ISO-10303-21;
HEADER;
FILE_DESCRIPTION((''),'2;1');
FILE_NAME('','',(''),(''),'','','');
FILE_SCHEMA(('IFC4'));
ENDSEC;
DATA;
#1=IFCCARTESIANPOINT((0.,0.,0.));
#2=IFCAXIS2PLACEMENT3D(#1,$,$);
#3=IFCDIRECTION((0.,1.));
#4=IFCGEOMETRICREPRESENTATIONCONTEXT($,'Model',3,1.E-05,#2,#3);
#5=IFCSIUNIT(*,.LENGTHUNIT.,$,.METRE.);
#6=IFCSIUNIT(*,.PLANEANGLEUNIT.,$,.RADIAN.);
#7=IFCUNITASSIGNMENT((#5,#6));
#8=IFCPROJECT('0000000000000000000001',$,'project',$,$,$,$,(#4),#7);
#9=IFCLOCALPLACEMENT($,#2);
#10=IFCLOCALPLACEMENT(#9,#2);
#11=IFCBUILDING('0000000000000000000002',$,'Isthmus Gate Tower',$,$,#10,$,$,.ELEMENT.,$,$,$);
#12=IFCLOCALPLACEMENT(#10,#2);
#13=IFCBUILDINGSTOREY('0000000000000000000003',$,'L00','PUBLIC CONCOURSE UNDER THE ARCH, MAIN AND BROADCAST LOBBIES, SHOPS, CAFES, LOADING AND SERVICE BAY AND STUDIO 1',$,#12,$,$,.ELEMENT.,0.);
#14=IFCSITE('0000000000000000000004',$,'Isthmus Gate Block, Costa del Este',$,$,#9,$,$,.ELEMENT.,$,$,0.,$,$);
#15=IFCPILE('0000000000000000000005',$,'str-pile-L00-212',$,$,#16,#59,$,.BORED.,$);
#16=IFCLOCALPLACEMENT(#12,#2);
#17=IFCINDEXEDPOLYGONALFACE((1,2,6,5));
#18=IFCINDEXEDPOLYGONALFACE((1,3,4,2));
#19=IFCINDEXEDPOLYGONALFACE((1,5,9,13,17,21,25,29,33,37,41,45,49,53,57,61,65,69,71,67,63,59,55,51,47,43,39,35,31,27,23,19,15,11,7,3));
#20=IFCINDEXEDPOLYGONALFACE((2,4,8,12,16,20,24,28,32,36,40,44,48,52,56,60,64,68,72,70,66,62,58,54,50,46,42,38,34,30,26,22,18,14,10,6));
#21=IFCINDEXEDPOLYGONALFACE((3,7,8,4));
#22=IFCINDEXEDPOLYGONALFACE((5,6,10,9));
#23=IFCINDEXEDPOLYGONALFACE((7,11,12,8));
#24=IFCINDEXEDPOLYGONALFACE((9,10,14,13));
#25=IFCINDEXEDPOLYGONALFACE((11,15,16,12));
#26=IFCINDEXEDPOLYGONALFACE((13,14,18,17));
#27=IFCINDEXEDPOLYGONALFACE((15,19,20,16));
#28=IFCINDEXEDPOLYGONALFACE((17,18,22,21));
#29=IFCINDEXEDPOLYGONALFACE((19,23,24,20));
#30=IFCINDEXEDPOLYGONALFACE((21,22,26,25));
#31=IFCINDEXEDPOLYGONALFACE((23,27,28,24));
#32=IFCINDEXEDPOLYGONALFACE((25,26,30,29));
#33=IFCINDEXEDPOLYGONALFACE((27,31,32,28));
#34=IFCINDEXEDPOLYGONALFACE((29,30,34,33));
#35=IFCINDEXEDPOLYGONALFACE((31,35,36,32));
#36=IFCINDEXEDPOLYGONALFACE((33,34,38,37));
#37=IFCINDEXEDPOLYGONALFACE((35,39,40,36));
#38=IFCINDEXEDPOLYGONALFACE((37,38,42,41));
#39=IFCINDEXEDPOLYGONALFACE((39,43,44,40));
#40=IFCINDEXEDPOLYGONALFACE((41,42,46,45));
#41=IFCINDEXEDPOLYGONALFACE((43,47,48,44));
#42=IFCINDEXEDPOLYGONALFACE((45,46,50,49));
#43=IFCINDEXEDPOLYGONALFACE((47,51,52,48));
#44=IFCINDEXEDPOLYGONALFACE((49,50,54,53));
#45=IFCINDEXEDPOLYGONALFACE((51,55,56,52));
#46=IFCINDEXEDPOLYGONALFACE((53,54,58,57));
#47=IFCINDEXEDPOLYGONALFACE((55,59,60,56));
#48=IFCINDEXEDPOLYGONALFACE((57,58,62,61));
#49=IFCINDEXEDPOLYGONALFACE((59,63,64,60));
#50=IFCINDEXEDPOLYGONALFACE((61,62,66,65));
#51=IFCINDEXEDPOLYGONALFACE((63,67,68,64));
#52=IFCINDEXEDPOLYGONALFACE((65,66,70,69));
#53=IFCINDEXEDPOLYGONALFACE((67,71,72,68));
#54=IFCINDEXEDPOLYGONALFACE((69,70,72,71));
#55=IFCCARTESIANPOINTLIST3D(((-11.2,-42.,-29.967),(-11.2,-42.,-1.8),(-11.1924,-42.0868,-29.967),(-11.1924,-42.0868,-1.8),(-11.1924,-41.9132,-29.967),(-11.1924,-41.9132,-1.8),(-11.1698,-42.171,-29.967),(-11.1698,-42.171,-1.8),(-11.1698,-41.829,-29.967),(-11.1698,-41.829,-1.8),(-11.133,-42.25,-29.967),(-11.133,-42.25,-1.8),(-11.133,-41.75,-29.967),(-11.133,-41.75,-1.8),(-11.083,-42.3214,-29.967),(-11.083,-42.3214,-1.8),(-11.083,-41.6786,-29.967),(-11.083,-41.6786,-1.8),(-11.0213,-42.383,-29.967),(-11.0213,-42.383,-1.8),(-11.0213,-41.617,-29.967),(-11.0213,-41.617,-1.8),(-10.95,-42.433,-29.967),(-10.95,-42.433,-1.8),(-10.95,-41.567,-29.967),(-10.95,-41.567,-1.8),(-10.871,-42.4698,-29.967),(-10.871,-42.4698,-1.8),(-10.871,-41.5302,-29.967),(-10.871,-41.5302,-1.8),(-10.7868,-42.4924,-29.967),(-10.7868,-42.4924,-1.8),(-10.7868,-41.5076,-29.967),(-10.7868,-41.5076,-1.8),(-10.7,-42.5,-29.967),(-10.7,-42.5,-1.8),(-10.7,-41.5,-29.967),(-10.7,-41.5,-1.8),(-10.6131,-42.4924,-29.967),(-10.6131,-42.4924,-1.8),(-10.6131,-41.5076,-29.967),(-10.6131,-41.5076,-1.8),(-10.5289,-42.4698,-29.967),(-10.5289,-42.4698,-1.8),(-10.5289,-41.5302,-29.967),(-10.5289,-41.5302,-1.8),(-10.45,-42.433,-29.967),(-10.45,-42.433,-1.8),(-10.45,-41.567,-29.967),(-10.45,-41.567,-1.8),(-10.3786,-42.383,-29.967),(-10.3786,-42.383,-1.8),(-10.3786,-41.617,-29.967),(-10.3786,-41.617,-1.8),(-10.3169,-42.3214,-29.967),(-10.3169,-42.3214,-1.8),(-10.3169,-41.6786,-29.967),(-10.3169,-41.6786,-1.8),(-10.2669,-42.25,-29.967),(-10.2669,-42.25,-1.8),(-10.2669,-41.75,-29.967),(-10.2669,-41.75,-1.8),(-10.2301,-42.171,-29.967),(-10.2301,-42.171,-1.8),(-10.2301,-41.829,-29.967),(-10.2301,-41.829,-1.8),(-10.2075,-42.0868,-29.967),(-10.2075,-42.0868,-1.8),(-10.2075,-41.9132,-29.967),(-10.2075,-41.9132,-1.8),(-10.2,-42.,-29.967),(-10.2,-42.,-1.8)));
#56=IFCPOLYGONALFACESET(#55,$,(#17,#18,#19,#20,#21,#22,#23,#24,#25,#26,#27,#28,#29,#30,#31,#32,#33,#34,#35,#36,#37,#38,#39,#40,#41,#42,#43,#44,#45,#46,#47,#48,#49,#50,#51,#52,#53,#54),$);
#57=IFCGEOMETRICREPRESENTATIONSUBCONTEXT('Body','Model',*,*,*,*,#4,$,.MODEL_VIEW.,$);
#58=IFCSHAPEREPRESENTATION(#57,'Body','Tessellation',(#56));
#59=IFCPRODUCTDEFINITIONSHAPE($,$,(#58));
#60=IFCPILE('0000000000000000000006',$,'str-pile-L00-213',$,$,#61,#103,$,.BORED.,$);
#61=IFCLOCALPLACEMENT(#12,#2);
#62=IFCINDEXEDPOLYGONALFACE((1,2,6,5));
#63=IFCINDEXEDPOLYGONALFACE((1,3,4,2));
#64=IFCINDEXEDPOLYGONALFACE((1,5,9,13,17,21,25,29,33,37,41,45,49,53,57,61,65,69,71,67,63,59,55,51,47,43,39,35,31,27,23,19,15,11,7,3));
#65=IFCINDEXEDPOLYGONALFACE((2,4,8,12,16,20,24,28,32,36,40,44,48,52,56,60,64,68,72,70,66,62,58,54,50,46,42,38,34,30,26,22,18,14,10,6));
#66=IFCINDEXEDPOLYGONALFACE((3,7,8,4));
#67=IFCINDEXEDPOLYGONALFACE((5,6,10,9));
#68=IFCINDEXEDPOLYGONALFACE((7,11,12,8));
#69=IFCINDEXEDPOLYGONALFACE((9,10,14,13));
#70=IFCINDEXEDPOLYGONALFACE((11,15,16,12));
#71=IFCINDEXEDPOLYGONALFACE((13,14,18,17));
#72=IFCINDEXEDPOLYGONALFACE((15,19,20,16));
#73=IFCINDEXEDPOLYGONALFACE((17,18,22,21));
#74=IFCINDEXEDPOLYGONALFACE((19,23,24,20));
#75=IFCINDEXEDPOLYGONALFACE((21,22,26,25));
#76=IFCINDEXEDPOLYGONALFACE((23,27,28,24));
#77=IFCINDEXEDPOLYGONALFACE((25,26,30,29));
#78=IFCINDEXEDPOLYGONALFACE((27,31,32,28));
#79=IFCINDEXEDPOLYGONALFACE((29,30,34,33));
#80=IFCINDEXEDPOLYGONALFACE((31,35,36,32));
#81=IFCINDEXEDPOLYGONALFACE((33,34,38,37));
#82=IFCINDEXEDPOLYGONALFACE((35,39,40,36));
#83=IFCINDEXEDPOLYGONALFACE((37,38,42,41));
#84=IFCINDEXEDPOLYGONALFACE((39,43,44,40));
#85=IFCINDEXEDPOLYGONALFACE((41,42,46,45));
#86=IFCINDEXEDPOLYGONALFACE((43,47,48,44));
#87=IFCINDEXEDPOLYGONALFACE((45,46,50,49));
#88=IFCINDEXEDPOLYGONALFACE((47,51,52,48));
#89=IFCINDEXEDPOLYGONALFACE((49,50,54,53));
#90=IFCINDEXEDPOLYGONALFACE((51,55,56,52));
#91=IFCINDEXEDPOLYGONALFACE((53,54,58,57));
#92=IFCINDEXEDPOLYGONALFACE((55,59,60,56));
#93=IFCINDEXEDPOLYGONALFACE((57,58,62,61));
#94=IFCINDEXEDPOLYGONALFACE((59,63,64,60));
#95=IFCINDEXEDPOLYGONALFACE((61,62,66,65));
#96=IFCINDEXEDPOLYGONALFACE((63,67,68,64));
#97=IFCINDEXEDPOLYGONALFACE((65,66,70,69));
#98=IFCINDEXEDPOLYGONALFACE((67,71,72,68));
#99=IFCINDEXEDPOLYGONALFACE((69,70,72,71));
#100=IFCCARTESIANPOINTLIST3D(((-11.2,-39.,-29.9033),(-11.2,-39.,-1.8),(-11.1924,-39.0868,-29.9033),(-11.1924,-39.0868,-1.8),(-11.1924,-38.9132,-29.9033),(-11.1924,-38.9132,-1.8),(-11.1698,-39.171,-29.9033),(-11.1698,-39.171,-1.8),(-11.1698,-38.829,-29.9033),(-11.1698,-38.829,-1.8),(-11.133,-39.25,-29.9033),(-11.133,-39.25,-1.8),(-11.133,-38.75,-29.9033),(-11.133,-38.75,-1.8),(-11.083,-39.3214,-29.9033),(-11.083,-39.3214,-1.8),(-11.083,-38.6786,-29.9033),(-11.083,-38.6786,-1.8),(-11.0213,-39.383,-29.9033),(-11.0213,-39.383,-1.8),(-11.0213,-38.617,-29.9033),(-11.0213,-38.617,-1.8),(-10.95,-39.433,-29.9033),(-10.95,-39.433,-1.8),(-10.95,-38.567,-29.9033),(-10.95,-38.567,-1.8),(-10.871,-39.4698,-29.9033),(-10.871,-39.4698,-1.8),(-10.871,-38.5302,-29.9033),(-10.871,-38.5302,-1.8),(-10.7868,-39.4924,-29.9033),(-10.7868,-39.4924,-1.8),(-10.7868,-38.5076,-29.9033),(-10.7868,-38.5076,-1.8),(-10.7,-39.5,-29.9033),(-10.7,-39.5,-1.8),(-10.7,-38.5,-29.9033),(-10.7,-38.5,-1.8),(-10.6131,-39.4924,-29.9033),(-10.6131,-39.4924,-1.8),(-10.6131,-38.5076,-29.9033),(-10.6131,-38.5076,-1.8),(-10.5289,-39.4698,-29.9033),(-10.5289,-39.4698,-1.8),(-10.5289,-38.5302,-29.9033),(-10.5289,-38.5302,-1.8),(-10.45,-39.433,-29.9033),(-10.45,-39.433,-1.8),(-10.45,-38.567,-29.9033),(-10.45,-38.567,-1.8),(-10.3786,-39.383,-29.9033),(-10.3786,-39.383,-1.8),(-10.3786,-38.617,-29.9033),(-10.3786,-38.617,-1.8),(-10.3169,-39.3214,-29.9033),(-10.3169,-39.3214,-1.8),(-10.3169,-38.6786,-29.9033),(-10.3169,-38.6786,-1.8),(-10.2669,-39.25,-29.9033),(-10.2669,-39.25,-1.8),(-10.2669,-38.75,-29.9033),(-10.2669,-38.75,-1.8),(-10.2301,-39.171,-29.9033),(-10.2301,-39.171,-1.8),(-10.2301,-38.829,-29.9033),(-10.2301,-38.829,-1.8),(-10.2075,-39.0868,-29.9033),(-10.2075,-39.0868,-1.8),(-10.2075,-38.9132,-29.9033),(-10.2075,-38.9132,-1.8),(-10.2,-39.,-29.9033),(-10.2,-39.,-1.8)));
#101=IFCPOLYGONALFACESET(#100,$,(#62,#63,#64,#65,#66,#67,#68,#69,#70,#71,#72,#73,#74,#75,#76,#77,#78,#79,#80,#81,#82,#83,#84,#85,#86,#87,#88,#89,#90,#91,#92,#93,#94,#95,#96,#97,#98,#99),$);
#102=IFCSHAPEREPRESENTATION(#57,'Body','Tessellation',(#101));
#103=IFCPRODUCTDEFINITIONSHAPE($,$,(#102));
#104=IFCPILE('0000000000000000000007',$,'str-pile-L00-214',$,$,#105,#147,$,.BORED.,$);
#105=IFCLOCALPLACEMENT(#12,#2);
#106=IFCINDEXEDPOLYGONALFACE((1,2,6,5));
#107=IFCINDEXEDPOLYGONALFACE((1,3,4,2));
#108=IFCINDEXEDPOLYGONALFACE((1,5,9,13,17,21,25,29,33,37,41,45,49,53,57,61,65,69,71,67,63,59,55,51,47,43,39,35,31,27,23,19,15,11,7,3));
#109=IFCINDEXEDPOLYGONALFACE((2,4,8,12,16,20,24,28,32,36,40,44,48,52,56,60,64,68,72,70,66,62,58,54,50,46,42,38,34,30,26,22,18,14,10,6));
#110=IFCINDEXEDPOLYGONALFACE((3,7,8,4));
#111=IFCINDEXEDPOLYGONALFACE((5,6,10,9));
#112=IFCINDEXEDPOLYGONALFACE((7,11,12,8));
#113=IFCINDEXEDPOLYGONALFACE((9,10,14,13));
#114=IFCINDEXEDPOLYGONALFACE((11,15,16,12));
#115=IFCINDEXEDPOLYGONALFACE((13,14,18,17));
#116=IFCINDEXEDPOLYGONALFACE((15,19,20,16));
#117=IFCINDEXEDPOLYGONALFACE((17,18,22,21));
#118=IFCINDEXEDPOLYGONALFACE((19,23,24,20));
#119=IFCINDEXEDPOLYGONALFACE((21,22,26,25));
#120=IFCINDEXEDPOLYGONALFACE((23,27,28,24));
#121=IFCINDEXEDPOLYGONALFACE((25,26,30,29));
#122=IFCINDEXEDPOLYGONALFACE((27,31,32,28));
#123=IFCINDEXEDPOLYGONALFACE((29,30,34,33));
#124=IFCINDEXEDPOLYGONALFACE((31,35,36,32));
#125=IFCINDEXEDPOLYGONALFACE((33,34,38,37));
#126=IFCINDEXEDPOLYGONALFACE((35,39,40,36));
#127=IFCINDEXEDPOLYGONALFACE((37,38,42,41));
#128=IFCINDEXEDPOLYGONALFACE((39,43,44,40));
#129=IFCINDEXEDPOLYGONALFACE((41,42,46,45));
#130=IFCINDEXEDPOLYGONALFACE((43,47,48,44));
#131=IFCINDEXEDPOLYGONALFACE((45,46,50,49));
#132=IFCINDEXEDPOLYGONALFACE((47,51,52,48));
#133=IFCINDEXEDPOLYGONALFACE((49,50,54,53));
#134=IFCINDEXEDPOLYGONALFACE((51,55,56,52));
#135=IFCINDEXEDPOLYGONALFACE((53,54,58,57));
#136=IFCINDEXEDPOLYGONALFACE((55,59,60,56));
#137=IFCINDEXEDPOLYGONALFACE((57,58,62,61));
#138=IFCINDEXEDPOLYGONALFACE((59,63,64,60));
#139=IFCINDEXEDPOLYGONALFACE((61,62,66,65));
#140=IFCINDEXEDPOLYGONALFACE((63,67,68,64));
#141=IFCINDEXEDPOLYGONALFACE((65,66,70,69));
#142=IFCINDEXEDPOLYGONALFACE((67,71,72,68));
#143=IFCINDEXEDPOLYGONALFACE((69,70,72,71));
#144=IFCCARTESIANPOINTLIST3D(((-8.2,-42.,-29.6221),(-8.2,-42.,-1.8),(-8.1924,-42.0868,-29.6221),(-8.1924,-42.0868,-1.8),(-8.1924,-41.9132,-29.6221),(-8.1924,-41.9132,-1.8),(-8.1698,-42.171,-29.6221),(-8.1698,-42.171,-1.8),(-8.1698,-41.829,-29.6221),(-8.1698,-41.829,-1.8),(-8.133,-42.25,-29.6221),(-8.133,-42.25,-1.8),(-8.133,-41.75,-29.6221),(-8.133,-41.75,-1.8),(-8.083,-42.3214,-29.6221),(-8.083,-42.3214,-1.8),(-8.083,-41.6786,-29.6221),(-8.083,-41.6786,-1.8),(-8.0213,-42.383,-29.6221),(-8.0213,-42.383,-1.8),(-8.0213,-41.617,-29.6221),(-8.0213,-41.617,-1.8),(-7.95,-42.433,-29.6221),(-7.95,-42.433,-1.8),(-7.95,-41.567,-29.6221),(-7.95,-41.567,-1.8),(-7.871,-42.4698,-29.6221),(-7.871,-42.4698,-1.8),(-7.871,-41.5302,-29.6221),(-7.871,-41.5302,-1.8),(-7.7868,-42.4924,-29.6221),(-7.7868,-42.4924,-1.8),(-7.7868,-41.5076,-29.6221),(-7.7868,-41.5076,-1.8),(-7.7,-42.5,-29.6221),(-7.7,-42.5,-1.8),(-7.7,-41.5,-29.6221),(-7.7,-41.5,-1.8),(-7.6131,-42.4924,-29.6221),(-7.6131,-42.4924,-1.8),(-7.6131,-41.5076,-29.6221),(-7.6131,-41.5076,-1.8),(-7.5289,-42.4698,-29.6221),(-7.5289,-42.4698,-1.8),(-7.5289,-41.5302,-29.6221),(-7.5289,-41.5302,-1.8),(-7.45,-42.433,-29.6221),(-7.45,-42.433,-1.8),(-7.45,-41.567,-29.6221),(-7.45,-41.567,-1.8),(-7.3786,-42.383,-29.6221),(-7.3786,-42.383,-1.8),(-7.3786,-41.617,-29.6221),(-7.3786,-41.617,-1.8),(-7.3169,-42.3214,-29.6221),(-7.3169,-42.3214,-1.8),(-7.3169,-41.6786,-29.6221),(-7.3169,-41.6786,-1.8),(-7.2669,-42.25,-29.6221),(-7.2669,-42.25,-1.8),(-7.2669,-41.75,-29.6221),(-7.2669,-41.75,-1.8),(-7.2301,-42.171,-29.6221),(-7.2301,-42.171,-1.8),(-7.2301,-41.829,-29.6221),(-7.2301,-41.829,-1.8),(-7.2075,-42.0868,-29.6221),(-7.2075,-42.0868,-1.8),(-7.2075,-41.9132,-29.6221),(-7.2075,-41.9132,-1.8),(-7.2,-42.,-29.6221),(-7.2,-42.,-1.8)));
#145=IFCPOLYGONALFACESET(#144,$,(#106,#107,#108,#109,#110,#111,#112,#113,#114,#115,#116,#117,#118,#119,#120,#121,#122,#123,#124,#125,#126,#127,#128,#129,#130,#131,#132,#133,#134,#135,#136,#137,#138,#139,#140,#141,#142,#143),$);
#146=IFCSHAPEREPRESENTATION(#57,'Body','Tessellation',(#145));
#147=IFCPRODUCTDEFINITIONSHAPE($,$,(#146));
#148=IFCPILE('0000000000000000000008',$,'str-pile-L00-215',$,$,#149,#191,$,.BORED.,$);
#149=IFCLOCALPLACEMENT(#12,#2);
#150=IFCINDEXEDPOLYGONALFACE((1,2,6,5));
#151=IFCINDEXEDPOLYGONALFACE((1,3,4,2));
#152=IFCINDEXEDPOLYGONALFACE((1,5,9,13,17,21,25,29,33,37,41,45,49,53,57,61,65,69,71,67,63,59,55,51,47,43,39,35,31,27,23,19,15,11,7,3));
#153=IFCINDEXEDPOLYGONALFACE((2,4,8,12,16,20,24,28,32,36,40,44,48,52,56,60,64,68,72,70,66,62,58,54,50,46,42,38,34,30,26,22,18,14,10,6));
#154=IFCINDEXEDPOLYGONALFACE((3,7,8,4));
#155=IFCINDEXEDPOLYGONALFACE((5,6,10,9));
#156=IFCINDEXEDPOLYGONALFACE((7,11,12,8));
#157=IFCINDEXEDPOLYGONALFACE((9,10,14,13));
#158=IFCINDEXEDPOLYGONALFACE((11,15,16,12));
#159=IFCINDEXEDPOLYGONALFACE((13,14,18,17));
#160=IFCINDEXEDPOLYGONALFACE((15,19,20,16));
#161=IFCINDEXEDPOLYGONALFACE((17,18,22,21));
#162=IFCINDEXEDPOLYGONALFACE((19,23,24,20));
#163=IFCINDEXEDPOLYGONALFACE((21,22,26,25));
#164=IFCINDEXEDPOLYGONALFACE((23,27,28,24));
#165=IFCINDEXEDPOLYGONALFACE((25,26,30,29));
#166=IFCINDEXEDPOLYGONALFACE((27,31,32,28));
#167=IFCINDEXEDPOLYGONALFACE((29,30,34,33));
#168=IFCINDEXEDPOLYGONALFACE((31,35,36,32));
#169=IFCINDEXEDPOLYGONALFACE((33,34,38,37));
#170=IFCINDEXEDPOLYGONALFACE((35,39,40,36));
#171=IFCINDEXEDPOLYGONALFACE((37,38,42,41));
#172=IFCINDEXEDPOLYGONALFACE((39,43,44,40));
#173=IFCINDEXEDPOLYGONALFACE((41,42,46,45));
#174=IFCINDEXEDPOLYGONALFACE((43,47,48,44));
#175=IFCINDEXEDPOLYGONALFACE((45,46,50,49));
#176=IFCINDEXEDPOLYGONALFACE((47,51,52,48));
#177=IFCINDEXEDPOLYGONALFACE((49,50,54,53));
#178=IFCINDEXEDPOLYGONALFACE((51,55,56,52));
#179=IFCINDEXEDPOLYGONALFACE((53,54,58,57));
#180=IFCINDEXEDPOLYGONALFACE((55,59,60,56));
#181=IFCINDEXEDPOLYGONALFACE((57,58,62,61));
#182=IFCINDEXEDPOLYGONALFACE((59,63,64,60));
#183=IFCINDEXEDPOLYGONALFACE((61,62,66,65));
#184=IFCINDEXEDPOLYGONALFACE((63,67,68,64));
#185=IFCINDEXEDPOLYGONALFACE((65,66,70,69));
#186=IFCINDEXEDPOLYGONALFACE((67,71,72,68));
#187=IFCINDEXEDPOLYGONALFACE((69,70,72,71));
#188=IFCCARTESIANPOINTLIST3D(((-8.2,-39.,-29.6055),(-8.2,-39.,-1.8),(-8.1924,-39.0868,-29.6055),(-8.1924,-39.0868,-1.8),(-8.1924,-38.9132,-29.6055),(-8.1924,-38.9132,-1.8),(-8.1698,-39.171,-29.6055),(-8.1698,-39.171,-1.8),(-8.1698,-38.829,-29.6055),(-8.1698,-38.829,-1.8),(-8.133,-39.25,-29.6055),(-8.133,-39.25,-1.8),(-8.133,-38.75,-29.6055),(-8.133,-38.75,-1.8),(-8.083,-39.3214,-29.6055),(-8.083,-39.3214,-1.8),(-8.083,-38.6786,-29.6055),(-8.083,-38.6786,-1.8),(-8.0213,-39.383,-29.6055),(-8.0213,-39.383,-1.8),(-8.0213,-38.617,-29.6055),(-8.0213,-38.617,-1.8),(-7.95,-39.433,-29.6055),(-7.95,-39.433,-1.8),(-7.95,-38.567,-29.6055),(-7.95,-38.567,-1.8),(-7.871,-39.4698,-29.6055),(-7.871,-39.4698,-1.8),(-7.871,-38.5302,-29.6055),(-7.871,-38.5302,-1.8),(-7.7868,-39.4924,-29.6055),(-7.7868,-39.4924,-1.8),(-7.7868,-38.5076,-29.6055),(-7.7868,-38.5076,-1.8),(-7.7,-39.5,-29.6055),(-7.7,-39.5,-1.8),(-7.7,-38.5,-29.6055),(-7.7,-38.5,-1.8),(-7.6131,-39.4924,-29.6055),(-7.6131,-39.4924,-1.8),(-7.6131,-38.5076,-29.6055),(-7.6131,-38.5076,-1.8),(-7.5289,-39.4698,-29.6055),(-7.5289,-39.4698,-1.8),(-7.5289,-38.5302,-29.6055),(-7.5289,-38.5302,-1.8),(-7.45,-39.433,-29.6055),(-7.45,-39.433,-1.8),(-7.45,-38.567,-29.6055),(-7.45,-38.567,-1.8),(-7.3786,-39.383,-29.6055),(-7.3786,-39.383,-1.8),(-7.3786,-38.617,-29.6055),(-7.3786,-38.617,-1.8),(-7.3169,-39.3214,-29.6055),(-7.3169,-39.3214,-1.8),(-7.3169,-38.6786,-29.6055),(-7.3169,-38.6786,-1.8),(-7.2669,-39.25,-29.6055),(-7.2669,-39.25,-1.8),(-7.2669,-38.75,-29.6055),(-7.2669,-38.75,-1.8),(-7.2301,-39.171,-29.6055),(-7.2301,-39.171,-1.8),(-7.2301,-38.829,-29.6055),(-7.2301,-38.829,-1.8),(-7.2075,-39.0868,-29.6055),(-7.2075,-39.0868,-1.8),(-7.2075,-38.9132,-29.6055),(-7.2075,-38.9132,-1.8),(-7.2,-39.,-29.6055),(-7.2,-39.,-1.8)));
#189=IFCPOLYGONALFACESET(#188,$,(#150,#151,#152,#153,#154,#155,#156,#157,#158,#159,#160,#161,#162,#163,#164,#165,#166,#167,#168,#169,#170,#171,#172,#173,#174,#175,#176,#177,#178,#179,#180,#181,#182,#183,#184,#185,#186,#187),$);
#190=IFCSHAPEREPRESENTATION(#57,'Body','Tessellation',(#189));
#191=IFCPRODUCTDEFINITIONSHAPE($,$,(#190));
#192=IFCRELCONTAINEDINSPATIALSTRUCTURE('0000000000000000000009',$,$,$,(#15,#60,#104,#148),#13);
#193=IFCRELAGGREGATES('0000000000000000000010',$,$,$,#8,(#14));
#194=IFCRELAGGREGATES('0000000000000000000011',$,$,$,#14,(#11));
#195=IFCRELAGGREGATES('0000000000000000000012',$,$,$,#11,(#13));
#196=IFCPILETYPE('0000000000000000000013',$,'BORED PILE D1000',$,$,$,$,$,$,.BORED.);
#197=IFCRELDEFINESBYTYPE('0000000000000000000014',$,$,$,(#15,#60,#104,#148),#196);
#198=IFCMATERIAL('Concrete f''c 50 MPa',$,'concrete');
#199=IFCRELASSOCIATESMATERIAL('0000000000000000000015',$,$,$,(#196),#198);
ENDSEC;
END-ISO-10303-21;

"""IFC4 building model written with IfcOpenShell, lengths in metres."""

from ifc_helpers import new_model, si_unit, direction, frame, origin, origin_2d, place, context, subcontext, project, spatial, circle, extrude, material, material_profile, profile_set, type_object, element, save


model = new_model("IFC4")

# Units and contexts
model_context = context("Model", 3, precision=1e-05, world=origin(), true_north=direction((0.0, 1.0)))
body_context = subcontext(model_context, "Body", "Model", "MODEL_VIEW")
ifc_project = project(units=[si_unit("LENGTHUNIT", "METRE"), si_unit("PLANEANGLEUNIT", "RADIAN")], contexts=[model_context])

# Site, building, storey
site_placement = place(None, origin())
site = spatial("IfcSite", under=ifc_project, at=site_placement, Name="Isthmus Gate Block, Costa del Este", CompositionType="ELEMENT", RefElevation=0.0)
building_placement = place(site_placement, origin())
building = spatial("IfcBuilding", under=site, at=building_placement, Name="Isthmus Gate Tower", CompositionType="ELEMENT")
storey_placement = place(building_placement, origin())
storey = spatial("IfcBuildingStorey", under=building, at=storey_placement, Name="L00", Description="PUBLIC CONCOURSE UNDER THE ARCH, MAIN AND BROADCAST LOBBIES, SHOPS, CAFES, LOADING AND SERVICE BAY AND STUDIO 1", CompositionType="ELEMENT", Elevation=0.0)

# Piles
ifc_material_1 = material(Name="Concrete f'c 50 MPa", Category="concrete")
ifc_material_profile_1 = material_profile(ifc_material_1, circle(Radius=0.5, at=origin_2d()), Name="D1000")
ifc_profile_set_1 = profile_set([ifc_material_profile_1], Name="Concrete f'c 50 MPa")
pile_type_1 = type_object("IfcPileType", Name="BORED PILE D1000", PredefinedType="BORED", material=ifc_profile_set_1)
pile_1_placement = place(storey_placement, frame((-10.7, -42.0, -1.8), z_axis=(0.0, 0.0, -1.0), x_axis=(1.0, 0.0, 0.0)))
element("IfcPile", 1, at=pile_1_placement, inside=storey, type_object=pile_type_1, Name="str-pile-L00-212", PredefinedType="BORED", context=body_context, shape_type="SweptSolid", body=[
    extrude(circle(Radius=0.5, at=origin_2d()), origin(), (0.0, 0.0, 1.0), 28.167),
])
pile_2_placement = place(storey_placement, frame((-10.7, -39.0, -1.8), z_axis=(0.0, 0.0, -1.0), x_axis=(1.0, 0.0, 0.0)))
element("IfcPile", 2, at=pile_2_placement, inside=storey, type_object=pile_type_1, Name="str-pile-L00-213", PredefinedType="BORED", context=body_context, shape_type="SweptSolid", body=[
    extrude(circle(Radius=0.5, at=origin_2d()), origin(), (0.0, 0.0, 1.0), 28.1033),
])
pile_3_placement = place(storey_placement, frame((-7.7, -42.0, -1.8), z_axis=(0.0, 0.0, -1.0), x_axis=(1.0, 0.0, 0.0)))
element("IfcPile", 3, at=pile_3_placement, inside=storey, type_object=pile_type_1, Name="str-pile-L00-214", PredefinedType="BORED", context=body_context, shape_type="SweptSolid", body=[
    extrude(circle(Radius=0.5, at=origin_2d()), origin(), (0.0, 0.0, 1.0), 27.822),
])
pile_4_placement = place(storey_placement, frame((-7.7, -39.0, -1.8), z_axis=(0.0, 0.0, -1.0), x_axis=(1.0, 0.0, 0.0)))
element("IfcPile", 4, at=pile_4_placement, inside=storey, type_object=pile_type_1, Name="str-pile-L00-215", PredefinedType="BORED", context=body_context, shape_type="SweptSolid", body=[
    extrude(circle(Radius=0.5, at=origin_2d()), origin(), (0.0, 0.0, 1.0), 27.8054),
])

save(model, "model.ifc")
